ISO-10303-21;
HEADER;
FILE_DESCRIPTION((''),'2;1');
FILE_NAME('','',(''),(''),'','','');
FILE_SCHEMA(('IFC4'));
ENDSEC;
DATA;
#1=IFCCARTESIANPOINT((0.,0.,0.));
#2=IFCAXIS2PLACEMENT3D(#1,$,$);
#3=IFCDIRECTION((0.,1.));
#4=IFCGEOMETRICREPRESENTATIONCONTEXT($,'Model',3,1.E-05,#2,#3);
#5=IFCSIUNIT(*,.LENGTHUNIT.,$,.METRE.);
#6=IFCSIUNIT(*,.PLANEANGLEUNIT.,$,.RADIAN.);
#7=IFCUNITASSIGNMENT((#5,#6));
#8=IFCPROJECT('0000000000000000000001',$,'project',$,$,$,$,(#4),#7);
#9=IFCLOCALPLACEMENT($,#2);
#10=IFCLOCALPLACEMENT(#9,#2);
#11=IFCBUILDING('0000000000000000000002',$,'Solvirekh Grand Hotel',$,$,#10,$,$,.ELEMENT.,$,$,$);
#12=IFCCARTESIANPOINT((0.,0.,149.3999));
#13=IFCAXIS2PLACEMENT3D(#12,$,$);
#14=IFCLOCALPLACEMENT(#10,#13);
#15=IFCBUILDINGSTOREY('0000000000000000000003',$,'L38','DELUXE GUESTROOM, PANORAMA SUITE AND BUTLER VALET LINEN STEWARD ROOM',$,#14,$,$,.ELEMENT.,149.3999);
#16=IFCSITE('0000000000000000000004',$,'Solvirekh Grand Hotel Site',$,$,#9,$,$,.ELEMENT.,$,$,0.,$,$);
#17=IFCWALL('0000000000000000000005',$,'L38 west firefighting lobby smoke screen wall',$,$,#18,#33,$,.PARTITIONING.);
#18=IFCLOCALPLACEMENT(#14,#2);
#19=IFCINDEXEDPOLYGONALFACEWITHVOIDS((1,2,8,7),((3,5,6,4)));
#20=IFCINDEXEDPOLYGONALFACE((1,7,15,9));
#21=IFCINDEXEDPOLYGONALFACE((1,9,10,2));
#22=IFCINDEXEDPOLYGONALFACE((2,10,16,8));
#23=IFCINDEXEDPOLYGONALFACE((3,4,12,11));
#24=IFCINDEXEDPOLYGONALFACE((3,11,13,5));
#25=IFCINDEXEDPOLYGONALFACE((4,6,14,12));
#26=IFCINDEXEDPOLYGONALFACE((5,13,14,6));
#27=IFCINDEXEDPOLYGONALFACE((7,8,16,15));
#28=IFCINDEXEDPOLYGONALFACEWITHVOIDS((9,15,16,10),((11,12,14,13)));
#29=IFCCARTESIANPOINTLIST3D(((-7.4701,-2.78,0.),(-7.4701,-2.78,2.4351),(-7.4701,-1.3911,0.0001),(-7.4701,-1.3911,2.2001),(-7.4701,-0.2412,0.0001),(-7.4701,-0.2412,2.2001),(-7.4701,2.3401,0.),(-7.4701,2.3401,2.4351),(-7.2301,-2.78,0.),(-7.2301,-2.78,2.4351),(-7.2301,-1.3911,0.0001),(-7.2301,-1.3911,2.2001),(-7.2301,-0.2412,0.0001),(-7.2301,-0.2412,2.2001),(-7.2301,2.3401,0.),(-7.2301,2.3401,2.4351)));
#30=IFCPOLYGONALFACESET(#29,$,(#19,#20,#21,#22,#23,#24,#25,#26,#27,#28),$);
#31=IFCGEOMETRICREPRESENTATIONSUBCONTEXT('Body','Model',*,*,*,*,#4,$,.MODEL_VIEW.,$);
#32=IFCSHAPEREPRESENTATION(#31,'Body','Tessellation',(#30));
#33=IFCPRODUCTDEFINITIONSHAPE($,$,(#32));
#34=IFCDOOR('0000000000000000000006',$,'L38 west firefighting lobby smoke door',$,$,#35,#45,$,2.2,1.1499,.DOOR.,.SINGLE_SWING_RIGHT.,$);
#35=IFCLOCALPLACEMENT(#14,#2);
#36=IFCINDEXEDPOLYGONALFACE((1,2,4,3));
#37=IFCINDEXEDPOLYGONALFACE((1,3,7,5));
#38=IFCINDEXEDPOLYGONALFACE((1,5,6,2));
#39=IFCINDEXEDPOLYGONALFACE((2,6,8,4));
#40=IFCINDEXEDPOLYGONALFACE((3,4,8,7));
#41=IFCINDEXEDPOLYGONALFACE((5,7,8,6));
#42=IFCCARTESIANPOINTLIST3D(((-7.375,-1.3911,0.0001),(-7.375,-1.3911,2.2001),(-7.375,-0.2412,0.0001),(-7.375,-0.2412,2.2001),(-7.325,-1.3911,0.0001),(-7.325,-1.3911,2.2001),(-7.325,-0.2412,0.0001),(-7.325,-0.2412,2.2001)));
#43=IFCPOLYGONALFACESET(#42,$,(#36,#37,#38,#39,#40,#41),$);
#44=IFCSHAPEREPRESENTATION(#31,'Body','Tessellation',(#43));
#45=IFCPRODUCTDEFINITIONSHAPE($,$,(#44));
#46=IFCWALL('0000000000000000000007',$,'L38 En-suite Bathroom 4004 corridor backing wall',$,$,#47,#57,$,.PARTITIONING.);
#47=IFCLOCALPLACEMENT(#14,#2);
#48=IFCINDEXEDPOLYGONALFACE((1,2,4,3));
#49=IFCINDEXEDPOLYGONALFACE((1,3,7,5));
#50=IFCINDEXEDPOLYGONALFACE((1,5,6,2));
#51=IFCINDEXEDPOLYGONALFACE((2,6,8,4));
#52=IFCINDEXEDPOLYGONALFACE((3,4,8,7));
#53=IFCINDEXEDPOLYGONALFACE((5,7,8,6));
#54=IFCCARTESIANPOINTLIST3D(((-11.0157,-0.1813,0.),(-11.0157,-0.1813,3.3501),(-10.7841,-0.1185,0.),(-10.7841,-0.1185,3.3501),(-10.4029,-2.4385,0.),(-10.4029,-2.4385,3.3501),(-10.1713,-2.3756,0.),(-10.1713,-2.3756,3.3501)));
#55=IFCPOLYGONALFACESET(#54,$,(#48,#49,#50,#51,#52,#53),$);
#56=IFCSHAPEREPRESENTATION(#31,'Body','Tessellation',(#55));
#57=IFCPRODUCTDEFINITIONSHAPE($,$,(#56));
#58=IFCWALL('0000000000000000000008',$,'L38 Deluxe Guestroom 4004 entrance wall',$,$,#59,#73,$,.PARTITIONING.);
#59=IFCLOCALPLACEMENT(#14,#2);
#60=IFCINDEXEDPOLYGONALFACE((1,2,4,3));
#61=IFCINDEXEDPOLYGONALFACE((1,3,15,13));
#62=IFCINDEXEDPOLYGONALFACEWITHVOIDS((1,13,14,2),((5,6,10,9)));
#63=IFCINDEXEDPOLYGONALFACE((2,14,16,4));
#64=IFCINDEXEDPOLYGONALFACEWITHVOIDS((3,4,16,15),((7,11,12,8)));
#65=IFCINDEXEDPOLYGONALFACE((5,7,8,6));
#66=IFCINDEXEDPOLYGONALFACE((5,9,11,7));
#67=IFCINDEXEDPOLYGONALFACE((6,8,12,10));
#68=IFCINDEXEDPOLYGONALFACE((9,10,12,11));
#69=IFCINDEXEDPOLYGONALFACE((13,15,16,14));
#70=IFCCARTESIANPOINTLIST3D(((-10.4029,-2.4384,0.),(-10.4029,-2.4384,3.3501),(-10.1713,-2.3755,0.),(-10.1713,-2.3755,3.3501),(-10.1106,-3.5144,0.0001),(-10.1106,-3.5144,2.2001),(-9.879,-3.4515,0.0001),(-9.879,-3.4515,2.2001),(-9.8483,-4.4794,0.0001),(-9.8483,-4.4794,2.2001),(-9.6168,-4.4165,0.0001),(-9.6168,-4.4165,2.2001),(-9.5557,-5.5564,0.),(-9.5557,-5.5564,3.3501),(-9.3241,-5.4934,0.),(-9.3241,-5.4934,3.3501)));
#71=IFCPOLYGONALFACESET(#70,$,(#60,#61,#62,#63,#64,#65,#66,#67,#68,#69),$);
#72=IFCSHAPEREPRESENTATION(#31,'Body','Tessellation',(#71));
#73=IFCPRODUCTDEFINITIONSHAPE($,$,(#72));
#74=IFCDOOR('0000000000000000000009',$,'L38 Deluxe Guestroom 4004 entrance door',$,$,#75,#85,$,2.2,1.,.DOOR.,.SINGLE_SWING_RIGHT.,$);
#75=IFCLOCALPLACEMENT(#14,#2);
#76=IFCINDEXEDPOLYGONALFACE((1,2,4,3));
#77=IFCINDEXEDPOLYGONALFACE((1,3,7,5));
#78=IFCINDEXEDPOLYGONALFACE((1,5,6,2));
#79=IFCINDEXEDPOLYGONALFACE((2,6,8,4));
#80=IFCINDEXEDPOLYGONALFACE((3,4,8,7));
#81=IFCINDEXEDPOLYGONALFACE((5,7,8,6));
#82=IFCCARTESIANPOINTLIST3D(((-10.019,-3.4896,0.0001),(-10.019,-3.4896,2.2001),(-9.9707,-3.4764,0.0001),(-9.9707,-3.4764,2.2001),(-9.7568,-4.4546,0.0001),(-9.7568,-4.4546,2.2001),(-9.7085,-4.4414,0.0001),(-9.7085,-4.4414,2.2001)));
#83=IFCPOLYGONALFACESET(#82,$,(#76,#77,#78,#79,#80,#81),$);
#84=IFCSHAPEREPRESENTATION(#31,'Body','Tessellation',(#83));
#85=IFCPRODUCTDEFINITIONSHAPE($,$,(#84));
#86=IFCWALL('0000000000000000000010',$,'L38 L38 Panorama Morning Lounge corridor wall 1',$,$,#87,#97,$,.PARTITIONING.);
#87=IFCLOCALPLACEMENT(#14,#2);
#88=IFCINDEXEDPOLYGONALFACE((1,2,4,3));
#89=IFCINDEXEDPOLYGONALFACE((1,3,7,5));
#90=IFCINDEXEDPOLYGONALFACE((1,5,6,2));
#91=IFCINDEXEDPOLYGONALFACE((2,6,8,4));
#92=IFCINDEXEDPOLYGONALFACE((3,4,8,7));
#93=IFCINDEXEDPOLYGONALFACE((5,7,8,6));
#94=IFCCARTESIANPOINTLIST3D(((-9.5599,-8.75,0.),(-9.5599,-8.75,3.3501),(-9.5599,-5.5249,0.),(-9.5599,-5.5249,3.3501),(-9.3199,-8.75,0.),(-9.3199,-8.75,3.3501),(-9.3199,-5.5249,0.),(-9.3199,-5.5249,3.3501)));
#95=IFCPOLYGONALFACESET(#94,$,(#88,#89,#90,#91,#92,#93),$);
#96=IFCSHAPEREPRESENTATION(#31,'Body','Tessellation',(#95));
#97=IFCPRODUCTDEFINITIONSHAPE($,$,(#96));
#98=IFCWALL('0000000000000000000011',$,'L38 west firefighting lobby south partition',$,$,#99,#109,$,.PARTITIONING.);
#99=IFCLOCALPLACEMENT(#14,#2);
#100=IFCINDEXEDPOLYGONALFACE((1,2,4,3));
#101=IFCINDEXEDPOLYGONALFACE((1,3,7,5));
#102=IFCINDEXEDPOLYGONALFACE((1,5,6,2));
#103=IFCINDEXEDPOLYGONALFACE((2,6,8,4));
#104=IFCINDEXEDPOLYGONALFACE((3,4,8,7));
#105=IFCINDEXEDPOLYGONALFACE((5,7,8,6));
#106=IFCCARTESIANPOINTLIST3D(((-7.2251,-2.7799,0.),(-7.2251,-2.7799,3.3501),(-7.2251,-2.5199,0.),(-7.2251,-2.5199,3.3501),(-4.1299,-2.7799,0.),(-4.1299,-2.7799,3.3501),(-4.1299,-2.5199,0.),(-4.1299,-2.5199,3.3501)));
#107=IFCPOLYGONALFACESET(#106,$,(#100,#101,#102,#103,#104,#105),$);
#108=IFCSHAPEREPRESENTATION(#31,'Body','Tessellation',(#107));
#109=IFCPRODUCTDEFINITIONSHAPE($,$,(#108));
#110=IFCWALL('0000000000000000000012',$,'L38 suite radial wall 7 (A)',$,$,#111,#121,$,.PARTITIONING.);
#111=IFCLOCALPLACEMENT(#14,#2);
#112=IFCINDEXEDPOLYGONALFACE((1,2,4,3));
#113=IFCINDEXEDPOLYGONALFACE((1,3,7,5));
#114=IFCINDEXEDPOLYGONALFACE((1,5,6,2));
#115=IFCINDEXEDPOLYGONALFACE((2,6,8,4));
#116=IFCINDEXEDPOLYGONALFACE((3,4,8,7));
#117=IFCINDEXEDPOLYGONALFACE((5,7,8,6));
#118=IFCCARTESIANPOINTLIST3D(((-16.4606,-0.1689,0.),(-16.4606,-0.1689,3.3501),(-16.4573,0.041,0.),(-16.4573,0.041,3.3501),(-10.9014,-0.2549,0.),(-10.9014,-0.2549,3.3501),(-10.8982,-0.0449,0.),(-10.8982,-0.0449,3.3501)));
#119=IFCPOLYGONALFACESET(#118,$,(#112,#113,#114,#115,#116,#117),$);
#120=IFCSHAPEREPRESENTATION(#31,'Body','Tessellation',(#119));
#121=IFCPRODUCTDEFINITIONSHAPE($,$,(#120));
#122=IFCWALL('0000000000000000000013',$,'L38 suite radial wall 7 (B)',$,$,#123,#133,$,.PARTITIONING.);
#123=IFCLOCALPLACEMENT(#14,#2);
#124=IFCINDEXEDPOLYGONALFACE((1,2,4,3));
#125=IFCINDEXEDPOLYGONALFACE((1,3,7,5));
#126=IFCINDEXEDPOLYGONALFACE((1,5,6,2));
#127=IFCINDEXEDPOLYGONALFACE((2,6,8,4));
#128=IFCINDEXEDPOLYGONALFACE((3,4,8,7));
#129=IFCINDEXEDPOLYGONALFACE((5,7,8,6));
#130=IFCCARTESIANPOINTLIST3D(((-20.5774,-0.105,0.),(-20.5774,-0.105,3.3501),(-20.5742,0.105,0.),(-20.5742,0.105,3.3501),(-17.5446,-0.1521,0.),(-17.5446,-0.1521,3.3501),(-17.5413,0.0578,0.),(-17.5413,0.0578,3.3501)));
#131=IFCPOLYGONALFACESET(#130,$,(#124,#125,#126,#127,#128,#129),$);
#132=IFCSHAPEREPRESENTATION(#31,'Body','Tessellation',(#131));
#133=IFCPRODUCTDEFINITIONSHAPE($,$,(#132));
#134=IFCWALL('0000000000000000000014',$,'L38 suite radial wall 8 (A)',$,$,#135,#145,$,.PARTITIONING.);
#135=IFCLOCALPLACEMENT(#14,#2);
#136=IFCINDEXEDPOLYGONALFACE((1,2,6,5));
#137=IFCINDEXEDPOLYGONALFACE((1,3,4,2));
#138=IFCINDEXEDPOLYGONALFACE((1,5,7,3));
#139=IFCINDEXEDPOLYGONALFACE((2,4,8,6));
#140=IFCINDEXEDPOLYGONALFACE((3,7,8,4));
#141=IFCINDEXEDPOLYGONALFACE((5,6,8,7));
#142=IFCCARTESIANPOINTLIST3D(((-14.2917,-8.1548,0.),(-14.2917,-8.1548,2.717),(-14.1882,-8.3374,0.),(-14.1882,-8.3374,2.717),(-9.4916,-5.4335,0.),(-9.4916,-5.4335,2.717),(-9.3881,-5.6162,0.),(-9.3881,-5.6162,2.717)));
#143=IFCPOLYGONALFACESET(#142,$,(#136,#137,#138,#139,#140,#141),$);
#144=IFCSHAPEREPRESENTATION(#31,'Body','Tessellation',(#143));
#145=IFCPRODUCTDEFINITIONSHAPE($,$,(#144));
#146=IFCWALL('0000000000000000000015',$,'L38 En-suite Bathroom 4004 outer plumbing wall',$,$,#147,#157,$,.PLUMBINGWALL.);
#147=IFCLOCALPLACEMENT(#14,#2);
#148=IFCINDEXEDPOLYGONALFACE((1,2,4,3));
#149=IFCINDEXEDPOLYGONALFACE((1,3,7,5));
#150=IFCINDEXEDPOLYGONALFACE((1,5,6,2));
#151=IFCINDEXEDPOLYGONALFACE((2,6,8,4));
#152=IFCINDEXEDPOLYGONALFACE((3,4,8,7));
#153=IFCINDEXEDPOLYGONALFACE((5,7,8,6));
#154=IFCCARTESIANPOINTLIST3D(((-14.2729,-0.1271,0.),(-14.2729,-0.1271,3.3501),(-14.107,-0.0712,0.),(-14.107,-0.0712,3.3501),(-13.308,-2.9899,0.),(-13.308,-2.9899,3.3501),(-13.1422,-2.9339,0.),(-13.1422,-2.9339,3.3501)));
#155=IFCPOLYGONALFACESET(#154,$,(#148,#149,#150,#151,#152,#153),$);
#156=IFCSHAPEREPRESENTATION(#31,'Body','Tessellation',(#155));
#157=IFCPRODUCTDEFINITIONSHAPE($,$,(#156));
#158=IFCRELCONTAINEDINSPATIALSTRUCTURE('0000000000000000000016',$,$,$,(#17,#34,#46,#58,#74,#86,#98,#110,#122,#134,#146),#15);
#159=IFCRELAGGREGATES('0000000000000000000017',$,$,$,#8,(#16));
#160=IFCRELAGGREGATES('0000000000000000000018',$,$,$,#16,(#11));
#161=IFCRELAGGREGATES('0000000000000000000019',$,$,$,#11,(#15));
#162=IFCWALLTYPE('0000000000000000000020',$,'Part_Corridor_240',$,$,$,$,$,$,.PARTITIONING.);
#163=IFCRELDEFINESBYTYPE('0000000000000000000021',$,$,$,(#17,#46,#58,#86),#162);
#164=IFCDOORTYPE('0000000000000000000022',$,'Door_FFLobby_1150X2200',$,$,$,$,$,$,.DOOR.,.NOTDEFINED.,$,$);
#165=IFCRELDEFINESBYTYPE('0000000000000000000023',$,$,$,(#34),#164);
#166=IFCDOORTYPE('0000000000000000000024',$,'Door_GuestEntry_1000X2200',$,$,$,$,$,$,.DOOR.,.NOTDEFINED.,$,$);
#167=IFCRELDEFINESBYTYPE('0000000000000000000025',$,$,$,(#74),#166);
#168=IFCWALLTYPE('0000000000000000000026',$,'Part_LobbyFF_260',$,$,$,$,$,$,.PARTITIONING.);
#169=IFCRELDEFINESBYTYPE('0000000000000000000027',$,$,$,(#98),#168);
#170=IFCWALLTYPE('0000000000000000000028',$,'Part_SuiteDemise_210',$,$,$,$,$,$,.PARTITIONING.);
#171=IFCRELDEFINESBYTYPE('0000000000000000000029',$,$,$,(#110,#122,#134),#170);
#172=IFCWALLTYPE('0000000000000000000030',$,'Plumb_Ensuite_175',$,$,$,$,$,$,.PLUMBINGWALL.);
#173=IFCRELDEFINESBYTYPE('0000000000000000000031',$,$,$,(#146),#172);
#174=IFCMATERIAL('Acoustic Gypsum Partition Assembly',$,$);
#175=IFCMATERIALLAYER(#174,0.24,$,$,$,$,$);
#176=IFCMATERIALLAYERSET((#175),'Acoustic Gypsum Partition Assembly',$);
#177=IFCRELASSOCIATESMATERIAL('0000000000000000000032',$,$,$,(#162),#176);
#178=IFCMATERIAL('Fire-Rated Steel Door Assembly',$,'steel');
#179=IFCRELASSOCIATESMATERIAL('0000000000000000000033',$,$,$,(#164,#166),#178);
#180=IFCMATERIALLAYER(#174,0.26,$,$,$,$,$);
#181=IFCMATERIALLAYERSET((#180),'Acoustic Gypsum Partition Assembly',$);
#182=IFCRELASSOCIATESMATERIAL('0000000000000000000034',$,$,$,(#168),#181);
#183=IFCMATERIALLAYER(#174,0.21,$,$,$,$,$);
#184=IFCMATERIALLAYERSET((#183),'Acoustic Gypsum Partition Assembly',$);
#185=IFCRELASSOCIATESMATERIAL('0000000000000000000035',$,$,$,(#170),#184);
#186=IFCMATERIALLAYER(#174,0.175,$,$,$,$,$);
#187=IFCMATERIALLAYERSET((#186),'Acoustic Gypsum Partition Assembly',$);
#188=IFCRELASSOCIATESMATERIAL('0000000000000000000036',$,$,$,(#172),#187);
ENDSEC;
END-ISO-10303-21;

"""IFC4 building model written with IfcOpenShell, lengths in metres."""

from ifc_helpers import new_model, si_unit, direction, frame, frame_2d, origin, place, context, subcontext, project, spatial, rectangle, extrude, material, layer, layer_set, type_object, element, fill, save


model = new_model("IFC4")

# Units and contexts
model_context = context("Model", 3, precision=1e-05, world=origin(), true_north=direction((0.0, 1.0)))
body_context = subcontext(model_context, "Body", "Model", "MODEL_VIEW")
ifc_project = project(units=[si_unit("LENGTHUNIT", "METRE"), si_unit("PLANEANGLEUNIT", "RADIAN")], contexts=[model_context])

# Site, building, storey
site_placement = place(None, origin())
site = spatial("IfcSite", under=ifc_project, at=site_placement, Name="Solvirekh Grand Hotel Site", CompositionType="ELEMENT", RefElevation=0.0)
building_placement = place(site_placement, origin())
building = spatial("IfcBuilding", under=site, at=building_placement, Name="Solvirekh Grand Hotel", CompositionType="ELEMENT")
storey_placement = place(building_placement, frame((0.0, 0.0, 149.3999)))
storey = spatial("IfcBuildingStorey", under=building, at=storey_placement, Name="L38", Description="DELUXE GUESTROOM, PANORAMA SUITE AND BUTLER VALET LINEN STEWARD ROOM", CompositionType="ELEMENT", Elevation=149.3999)

# Shared definitions
ifc_material_1 = material(Name="Acoustic Gypsum Partition Assembly")

# Wall, opening, door
ifc_layer_1 = layer(ifc_material_1, 0.24)
ifc_layer_set_1 = layer_set([ifc_layer_1], Name="Acoustic Gypsum Partition Assembly")
wall_type_1 = type_object("IfcWallType", Name="Part_Corridor_240", PredefinedType="PARTITIONING", material=ifc_layer_set_1)
wall_1_placement = place(storey_placement, frame((-7.3501, -2.78, 0.0), z_axis=(0.0, 0.0, 1.0), x_axis=(0.0, 1.0, 0.0)))
wall_1 = element("IfcWall", 1, at=wall_1_placement, inside=storey, type_object=wall_type_1, Name="L38 west firefighting lobby smoke screen wall", PredefinedType="PARTITIONING", context=body_context, shape_type="SweptSolid", body=[
    extrude(rectangle(XDim=5.1201, YDim=0.24, at=frame_2d((2.5601, 0.0))), origin(), (0.0, 0.0, 1.0), 2.4351),
])
opening_1_placement = place(wall_1_placement, frame((1.3889, 0.0, 0.0)))
opening_1 = element("IfcOpeningElement", 2, at=opening_1_placement, cuts=wall_1, PredefinedType="OPENING", context=body_context, shape_type="SweptSolid", body=[
    extrude(rectangle(XDim=1.1499, YDim=2.2, at=frame_2d((0.575, 1.1001))), frame((0.0, 0.1299, 0.0), z_axis=(0.0, -1.0, 0.0), x_axis=(1.0, 0.0, 0.0)), (0.0, 0.0, 1.0), 0.26),
])
ifc_material_2 = material(Name="Fire-Rated Steel Door Assembly", Category="steel")
door_type_1 = type_object("IfcDoorType", Name="Door_FFLobby_1150X2200", OperationType="NOTDEFINED", PredefinedType="DOOR", material=ifc_material_2)
door_1_placement = place(opening_1_placement, origin())
door_1 = element("IfcDoor", 3, at=door_1_placement, inside=storey, type_object=door_type_1, Name="L38 west firefighting lobby smoke door", OperationType="SINGLE_SWING_RIGHT", OverallHeight=2.2, OverallWidth=1.1499, PredefinedType="DOOR", context=body_context, shape_type="SweptSolid", body=[
    extrude(rectangle(XDim=1.1499, YDim=2.2, at=frame_2d((0.575, 1.1001))), frame((0.0, 0.0249, 0.0), z_axis=(0.0, -1.0, 0.0), x_axis=(1.0, 0.0, 0.0)), (0.0, 0.0, 1.0), 0.05),
])
fill(opening_1, door_1)

# Wall
wall_2_placement = place(storey_placement, frame((-10.8999, -0.1499, 0.0), z_axis=(0.0, 0.0, 1.0), x_axis=(0.262013, -0.965064, 0.0)))
element("IfcWall", 4, at=wall_2_placement, inside=storey, type_object=wall_type_1, Name="L38 En-suite Bathroom 4004 corridor backing wall", PredefinedType="PARTITIONING", context=body_context, shape_type="SweptSolid", body=[
    extrude(rectangle(XDim=2.3389, YDim=0.24, at=frame_2d((1.1694, 0.0))), origin(), (0.0, 0.0, 1.0), 3.3501),
])

# Wall, opening, door
wall_3_placement = place(storey_placement, frame((-10.2871, -2.407, 0.0), z_axis=(0.0, 0.0, 1.0), x_axis=(0.262203, -0.965013, 0.0)))
wall_3 = element("IfcWall", 5, at=wall_3_placement, inside=storey, type_object=wall_type_1, Name="L38 Deluxe Guestroom 4004 entrance wall", PredefinedType="PARTITIONING", context=body_context, shape_type="SweptSolid", body=[
    extrude(rectangle(XDim=3.231, YDim=0.24, at=frame_2d((1.6155, 0.0))), origin(), (0.0, 0.0, 1.0), 3.3501),
])
opening_2_placement = place(wall_3_placement, frame((1.115, 0.0, 0.0)))
opening_2 = element("IfcOpeningElement", 6, at=opening_2_placement, cuts=wall_3, PredefinedType="OPENING", context=body_context, shape_type="SweptSolid", body=[
    extrude(rectangle(XDim=1.0, YDim=2.2, at=frame_2d((0.5, 1.1001))), frame((0.0, 0.1299, 0.0), z_axis=(0.0, -1.0, 0.0), x_axis=(1.0, 0.0, 0.0)), (0.0, 0.0, 1.0), 0.26),
])
door_type_2 = type_object("IfcDoorType", Name="Door_GuestEntry_1000X2200", OperationType="NOTDEFINED", PredefinedType="DOOR", material=ifc_material_2)
door_2_placement = place(opening_2_placement, origin())
door_2 = element("IfcDoor", 7, at=door_2_placement, inside=storey, type_object=door_type_2, Name="L38 Deluxe Guestroom 4004 entrance door", OperationType="SINGLE_SWING_RIGHT", OverallHeight=2.2, OverallWidth=1.0, PredefinedType="DOOR", context=body_context, shape_type="SweptSolid", body=[
    extrude(rectangle(XDim=1.0, YDim=2.2, at=frame_2d((0.5, 1.1001))), frame((0.0, 0.0249, 0.0), z_axis=(0.0, -1.0, 0.0), x_axis=(1.0, 0.0, 0.0)), (0.0, 0.0, 1.0), 0.05),
])
fill(opening_2, door_2)

# Walls
wall_4_placement = place(storey_placement, frame((-9.4399, -5.5249, 0.0), z_axis=(0.0, 0.0, 1.0), x_axis=(0.0, -1.0, 0.0)))
element("IfcWall", 8, at=wall_4_placement, inside=storey, type_object=wall_type_1, Name="L38 L38 Panorama Morning Lounge corridor wall 1", PredefinedType="PARTITIONING", context=body_context, shape_type="SweptSolid", body=[
    extrude(rectangle(XDim=3.2251, YDim=0.24, at=frame_2d((1.6125, 0.0))), origin(), (0.0, 0.0, 1.0), 3.3501),
])
ifc_layer_2 = layer(ifc_material_1, 0.26)
ifc_layer_set_2 = layer_set([ifc_layer_2], Name="Acoustic Gypsum Partition Assembly")
wall_type_2 = type_object("IfcWallType", Name="Part_LobbyFF_260", PredefinedType="PARTITIONING", material=ifc_layer_set_2)
wall_5_placement = place(storey_placement, frame((-7.2251, -2.6499, 0.0), z_axis=(0.0, 0.0, 1.0), x_axis=(1.0, 0.0, 0.0)))
element("IfcWall", 9, at=wall_5_placement, inside=storey, type_object=wall_type_2, Name="L38 west firefighting lobby south partition", PredefinedType="PARTITIONING", context=body_context, shape_type="SweptSolid", body=[
    extrude(rectangle(XDim=3.0952, YDim=0.26, at=frame_2d((1.5476, 0.0))), origin(), (0.0, 0.0, 1.0), 3.3501),
])
ifc_layer_3 = layer(ifc_material_1, 0.21)
ifc_layer_set_3 = layer_set([ifc_layer_3], Name="Acoustic Gypsum Partition Assembly")
wall_type_3 = type_object("IfcWallType", Name="Part_SuiteDemise_210", PredefinedType="PARTITIONING", material=ifc_layer_set_3)
wall_6_placement = place(storey_placement, frame((-10.8999, -0.1499, 0.0), z_axis=(0.0, 0.0, 1.0), x_axis=(-0.999881, 0.015457, 0.0)))
element("IfcWall", 10, at=wall_6_placement, inside=storey, type_object=wall_type_3, Name="L38 suite radial wall 7 (A)", PredefinedType="PARTITIONING", context=body_context, shape_type="SweptSolid", body=[
    extrude(rectangle(XDim=5.5598, YDim=0.21, at=frame_2d((2.7798, 0.0))), origin(), (0.0, 0.0, 1.0), 3.3501),
])
wall_7_placement = place(storey_placement, frame((-17.543, -0.0471, 0.0), z_axis=(0.0, 0.0, 1.0), x_axis=(-0.999879, 0.015534, 0.0)))
element("IfcWall", 11, at=wall_7_placement, inside=storey, type_object=wall_type_3, Name="L38 suite radial wall 7 (B)", PredefinedType="PARTITIONING", context=body_context, shape_type="SweptSolid", body=[
    extrude(rectangle(XDim=3.0332, YDim=0.21, at=frame_2d((1.5166, 0.0))), origin(), (0.0, 0.0, 1.0), 3.3501),
])
wall_8_placement = place(storey_placement, frame((-9.4399, -5.5249, 0.0), z_axis=(0.0, 0.0, 1.0), x_axis=(-0.869932, -0.493172, 0.0)))
element("IfcWall", 12, at=wall_8_placement, inside=storey, type_object=wall_type_3, Name="L38 suite radial wall 8 (A)", PredefinedType="PARTITIONING", context=body_context, shape_type="SweptSolid", body=[
    extrude(rectangle(XDim=5.5178, YDim=0.21, at=frame_2d((2.7588, 0.0))), origin(), (0.0, 0.0, 1.0), 2.717),
])
ifc_layer_4 = layer(ifc_material_1, 0.175)
ifc_layer_set_4 = layer_set([ifc_layer_4], Name="Acoustic Gypsum Partition Assembly")
wall_type_4 = type_object("IfcWallType", Name="Plumb_Ensuite_175", PredefinedType="PLUMBINGWALL", material=ifc_layer_set_4)
wall_9_placement = place(storey_placement, frame((-14.1899, -0.0991, 0.0), z_axis=(0.0, 0.0, 1.0), x_axis=(0.319378, -0.947627, 0.0)))
element("IfcWall", 13, at=wall_9_placement, inside=storey, type_object=wall_type_4, Name="L38 En-suite Bathroom 4004 outer plumbing wall", PredefinedType="PLUMBINGWALL", context=body_context, shape_type="SweptSolid", body=[
    extrude(rectangle(XDim=3.021, YDim=0.175, at=frame_2d((1.5105, 0.0))), origin(), (0.0, 0.0, 1.0), 3.3501),
])

save(model, "model.ifc")
